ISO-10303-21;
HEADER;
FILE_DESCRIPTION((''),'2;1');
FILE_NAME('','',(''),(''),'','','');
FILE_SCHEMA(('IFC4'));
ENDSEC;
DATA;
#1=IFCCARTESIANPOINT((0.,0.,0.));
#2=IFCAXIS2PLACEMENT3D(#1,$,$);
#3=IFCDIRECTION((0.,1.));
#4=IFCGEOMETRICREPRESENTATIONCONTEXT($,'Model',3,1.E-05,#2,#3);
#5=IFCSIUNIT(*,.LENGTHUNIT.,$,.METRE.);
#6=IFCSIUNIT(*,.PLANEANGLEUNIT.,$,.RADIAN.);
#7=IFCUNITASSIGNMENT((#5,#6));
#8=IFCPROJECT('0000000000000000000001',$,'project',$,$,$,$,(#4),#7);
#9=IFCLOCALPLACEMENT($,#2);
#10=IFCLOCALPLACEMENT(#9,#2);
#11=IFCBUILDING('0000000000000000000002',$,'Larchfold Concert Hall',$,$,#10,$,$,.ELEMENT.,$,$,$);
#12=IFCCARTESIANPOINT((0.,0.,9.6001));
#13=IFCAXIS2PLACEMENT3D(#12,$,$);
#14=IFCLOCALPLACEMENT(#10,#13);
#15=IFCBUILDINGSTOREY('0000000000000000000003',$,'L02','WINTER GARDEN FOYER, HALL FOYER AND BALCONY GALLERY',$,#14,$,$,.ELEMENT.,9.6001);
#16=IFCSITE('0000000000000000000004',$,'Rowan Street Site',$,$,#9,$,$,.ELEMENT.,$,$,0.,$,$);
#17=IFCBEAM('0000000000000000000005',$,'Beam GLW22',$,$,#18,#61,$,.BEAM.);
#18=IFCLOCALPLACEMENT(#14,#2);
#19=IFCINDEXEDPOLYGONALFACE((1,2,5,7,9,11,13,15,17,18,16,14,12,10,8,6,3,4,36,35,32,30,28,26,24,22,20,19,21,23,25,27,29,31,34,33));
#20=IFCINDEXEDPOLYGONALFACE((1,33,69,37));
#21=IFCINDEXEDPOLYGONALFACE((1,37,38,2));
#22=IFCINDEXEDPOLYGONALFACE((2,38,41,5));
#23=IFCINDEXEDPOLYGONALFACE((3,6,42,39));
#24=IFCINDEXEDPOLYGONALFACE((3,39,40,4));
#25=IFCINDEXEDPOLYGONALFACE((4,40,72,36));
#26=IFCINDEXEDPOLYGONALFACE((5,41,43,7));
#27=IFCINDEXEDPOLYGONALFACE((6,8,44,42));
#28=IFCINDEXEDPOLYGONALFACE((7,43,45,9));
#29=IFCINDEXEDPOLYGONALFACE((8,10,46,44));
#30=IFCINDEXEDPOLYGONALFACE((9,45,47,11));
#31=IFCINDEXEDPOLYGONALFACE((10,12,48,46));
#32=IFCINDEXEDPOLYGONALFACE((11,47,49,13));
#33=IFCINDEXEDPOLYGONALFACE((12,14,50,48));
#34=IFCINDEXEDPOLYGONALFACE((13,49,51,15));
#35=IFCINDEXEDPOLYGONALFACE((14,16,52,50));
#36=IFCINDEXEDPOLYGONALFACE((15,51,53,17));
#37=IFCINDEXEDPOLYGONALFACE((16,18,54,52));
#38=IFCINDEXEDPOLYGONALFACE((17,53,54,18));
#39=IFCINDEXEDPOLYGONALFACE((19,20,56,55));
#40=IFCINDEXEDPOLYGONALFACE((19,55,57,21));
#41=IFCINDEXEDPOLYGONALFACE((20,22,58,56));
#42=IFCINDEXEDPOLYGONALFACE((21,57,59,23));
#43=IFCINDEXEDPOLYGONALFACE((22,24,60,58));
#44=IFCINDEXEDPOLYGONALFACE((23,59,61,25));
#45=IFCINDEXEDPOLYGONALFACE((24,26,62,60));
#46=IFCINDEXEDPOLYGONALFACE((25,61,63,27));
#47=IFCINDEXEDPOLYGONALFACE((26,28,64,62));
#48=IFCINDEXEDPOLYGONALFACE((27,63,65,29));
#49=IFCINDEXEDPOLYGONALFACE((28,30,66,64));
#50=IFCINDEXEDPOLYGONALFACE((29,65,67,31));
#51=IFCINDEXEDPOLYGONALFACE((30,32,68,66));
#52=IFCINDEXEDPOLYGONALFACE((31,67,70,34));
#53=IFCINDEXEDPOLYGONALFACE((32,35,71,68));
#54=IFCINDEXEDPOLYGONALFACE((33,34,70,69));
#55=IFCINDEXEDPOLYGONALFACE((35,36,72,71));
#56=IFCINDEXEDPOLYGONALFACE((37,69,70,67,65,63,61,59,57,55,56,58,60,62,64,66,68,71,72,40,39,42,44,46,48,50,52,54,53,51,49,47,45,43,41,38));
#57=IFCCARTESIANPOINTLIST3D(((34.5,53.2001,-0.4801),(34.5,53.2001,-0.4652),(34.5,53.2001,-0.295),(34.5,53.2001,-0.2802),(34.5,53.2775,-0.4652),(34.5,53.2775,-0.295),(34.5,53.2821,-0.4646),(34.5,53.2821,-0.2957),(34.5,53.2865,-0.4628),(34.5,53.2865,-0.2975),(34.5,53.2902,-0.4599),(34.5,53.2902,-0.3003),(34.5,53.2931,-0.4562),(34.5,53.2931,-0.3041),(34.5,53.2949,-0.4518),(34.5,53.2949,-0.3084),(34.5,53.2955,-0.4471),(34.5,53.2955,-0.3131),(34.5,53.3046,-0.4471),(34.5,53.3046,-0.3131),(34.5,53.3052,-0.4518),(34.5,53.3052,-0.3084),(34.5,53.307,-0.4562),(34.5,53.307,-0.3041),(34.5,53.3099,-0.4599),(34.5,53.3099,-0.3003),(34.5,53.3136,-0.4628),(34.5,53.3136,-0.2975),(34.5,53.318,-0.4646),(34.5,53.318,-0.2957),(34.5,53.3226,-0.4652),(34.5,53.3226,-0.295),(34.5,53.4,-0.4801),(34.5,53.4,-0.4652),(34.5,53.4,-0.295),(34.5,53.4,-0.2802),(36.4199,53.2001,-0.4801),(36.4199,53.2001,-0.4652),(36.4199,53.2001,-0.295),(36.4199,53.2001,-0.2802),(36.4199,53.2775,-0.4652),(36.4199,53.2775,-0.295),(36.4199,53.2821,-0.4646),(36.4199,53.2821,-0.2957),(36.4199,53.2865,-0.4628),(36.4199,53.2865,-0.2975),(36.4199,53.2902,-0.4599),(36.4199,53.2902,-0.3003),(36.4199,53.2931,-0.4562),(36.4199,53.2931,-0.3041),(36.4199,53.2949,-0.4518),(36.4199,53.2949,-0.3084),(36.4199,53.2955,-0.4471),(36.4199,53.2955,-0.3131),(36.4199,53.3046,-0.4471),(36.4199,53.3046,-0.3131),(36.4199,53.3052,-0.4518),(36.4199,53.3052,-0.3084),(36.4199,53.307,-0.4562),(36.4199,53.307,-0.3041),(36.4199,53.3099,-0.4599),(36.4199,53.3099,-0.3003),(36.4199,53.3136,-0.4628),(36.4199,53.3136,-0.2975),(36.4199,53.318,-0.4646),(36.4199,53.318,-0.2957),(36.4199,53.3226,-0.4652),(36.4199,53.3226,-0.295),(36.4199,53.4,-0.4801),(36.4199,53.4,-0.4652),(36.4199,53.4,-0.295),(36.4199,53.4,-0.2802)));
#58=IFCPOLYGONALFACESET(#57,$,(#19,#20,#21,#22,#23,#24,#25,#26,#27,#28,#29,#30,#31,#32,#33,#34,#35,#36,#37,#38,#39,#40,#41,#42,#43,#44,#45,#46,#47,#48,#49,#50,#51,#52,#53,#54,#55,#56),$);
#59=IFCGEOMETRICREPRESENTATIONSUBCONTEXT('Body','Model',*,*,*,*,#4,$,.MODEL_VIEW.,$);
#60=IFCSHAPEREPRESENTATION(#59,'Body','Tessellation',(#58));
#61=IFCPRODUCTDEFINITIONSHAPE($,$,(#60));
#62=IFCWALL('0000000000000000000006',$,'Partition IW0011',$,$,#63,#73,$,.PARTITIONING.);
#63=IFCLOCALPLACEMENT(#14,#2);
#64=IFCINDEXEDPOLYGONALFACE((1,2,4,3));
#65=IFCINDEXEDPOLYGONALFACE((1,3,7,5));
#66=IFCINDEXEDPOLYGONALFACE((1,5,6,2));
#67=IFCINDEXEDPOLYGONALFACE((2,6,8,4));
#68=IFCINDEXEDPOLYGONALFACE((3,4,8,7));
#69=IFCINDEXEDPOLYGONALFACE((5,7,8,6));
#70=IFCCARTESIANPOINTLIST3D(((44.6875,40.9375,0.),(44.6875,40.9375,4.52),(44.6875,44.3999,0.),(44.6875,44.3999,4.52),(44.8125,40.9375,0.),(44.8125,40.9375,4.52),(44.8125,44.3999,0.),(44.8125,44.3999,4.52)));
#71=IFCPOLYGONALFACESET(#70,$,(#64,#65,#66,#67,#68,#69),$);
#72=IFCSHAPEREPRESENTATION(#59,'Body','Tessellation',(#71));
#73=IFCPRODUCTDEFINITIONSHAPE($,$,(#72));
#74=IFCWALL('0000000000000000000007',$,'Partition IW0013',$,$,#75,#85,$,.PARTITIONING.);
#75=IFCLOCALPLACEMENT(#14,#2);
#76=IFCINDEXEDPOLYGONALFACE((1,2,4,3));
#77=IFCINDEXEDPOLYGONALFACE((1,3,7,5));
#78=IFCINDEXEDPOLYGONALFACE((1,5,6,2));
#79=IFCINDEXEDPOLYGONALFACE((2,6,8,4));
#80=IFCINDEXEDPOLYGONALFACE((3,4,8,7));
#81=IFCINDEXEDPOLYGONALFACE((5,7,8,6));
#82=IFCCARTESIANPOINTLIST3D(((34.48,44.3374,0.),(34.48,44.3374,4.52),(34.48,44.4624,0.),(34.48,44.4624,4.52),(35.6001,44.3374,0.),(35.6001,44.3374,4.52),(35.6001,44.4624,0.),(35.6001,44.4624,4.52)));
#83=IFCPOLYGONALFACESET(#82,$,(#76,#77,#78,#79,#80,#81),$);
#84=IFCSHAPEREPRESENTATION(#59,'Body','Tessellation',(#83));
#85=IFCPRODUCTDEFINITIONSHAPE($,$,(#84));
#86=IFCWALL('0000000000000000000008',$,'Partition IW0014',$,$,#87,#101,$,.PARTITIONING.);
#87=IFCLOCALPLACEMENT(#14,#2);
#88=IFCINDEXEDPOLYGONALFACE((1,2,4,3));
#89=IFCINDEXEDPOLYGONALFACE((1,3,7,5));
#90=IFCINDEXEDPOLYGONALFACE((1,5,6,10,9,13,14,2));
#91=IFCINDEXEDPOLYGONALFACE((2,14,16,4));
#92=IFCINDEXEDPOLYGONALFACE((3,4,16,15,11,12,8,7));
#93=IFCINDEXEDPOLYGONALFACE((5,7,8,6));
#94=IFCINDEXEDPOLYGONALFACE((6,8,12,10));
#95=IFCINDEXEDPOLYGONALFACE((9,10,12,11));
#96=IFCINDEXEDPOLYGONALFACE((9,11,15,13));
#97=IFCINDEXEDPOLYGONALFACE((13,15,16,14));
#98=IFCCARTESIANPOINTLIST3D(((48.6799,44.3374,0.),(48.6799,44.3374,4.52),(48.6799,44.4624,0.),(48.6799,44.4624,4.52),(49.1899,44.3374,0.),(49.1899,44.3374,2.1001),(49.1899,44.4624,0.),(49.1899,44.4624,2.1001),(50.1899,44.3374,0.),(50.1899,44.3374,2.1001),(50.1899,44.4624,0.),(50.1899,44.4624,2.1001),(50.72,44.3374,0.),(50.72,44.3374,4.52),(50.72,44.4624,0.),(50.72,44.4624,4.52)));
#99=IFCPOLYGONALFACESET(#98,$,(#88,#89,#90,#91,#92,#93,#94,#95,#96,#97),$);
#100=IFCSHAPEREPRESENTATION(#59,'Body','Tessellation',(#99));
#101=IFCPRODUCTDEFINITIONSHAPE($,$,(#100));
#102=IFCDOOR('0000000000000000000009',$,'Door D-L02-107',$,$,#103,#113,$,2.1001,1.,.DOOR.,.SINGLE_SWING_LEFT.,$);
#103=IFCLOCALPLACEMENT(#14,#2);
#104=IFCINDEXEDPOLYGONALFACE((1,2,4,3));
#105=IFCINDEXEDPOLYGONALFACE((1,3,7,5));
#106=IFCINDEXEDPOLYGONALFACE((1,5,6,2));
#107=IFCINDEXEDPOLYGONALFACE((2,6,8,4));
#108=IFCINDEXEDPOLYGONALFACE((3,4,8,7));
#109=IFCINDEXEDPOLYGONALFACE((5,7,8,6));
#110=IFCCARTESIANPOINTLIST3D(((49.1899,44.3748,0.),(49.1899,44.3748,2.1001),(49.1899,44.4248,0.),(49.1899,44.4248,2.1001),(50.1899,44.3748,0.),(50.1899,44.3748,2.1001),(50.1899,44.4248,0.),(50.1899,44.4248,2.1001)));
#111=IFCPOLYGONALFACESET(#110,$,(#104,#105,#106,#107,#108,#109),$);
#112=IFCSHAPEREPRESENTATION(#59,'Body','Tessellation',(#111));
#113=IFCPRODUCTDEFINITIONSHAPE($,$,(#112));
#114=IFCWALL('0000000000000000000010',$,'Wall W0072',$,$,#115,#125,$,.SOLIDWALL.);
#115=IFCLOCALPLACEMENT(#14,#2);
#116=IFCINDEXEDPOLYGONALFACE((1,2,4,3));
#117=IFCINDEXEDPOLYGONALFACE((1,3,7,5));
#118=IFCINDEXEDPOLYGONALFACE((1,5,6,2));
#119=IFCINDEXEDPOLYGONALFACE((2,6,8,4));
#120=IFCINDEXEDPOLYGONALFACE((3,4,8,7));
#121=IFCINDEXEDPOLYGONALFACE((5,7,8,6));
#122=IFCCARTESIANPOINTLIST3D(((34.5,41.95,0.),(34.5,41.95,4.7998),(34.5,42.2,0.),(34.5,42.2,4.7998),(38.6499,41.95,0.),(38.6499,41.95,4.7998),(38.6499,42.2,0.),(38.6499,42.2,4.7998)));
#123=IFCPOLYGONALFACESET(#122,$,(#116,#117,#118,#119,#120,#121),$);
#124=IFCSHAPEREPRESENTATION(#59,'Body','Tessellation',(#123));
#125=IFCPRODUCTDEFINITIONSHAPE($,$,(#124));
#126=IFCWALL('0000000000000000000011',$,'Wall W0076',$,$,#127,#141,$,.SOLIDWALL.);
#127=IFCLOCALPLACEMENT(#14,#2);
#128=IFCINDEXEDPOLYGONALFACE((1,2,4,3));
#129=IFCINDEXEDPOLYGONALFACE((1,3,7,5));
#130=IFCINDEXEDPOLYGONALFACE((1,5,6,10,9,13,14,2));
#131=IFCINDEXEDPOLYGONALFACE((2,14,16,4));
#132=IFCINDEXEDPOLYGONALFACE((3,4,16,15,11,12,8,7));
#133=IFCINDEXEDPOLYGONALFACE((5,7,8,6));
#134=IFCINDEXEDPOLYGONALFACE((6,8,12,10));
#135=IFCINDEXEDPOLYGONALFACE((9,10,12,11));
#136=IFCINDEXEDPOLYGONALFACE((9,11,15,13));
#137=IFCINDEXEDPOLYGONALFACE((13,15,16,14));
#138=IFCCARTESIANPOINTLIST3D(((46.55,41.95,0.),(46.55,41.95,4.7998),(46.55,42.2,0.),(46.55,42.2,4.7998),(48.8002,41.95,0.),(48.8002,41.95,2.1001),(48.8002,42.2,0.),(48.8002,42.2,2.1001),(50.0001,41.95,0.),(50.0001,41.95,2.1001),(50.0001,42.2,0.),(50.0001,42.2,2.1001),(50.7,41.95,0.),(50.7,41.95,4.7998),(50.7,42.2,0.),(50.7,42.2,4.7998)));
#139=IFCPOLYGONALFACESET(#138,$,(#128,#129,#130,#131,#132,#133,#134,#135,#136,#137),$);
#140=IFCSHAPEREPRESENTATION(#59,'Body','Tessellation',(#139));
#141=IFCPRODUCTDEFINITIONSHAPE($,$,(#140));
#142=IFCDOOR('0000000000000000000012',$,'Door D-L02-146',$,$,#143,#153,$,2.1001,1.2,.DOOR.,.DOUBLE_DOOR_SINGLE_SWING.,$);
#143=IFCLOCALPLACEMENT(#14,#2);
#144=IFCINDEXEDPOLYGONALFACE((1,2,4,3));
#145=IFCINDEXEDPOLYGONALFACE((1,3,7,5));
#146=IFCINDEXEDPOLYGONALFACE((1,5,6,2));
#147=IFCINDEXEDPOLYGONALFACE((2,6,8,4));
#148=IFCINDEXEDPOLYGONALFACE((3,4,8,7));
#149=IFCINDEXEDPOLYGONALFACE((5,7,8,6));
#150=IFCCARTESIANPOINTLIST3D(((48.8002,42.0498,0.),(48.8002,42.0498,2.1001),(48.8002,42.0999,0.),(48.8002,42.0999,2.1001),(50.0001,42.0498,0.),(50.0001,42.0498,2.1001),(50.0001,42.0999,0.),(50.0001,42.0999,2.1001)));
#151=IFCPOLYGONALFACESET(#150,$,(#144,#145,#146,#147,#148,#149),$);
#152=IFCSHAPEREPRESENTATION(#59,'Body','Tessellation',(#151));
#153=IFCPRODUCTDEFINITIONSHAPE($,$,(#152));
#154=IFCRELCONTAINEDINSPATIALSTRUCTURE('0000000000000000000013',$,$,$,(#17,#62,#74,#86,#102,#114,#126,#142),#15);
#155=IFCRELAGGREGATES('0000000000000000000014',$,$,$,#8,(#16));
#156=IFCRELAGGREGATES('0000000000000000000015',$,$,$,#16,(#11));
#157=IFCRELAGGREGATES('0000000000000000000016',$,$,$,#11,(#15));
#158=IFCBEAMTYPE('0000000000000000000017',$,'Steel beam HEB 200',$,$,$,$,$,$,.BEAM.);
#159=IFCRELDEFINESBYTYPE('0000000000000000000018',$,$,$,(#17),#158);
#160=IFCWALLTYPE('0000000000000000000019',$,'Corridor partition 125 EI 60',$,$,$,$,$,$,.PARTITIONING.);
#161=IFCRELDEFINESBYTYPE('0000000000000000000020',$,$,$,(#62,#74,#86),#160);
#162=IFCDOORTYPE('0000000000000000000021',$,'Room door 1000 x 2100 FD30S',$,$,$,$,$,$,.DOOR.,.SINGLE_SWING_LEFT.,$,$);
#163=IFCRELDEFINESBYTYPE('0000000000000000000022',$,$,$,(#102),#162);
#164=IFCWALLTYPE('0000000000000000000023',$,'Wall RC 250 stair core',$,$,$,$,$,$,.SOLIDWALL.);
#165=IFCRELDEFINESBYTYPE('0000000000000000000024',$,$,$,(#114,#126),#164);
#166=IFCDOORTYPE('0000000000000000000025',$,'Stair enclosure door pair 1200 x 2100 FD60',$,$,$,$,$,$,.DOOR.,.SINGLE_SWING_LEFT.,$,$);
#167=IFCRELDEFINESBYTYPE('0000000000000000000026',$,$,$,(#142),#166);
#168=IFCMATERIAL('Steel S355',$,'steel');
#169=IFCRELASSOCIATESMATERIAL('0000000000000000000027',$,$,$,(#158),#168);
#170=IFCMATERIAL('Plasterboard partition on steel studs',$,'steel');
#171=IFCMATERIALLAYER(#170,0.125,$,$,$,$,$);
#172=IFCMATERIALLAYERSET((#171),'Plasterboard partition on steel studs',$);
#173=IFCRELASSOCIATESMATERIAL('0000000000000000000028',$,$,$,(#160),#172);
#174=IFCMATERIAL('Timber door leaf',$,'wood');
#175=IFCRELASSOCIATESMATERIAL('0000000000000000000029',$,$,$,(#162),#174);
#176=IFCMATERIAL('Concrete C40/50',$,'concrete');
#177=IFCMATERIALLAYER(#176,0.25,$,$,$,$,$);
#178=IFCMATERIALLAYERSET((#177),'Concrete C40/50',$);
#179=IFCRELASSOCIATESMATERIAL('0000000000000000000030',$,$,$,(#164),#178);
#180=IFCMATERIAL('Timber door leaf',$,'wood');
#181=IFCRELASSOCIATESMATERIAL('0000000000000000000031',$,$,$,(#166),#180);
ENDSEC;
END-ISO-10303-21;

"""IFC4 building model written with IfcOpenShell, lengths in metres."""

from ifc_helpers import new_model, si_unit, direction, frame, frame_2d, origin, origin_2d, place, context, subcontext, project, spatial, rectangle, i_section, extrude, material, layer, layer_set, material_profile, profile_set, type_object, element, fill, save


model = new_model("IFC4")

# Units and contexts
model_context = context("Model", 3, precision=1e-05, world=origin(), true_north=direction((0.0, 1.0)))
body_context = subcontext(model_context, "Body", "Model", "MODEL_VIEW")
ifc_project = project(units=[si_unit("LENGTHUNIT", "METRE"), si_unit("PLANEANGLEUNIT", "RADIAN")], contexts=[model_context])

# Site, building, storey
site_placement = place(None, origin())
site = spatial("IfcSite", under=ifc_project, at=site_placement, Name="Rowan Street Site", CompositionType="ELEMENT", RefElevation=0.0)
building_placement = place(site_placement, origin())
building = spatial("IfcBuilding", under=site, at=building_placement, Name="Larchfold Concert Hall", CompositionType="ELEMENT")
storey_placement = place(building_placement, frame((0.0, 0.0, 9.6001)))
storey = spatial("IfcBuildingStorey", under=building, at=storey_placement, Name="L02", Description="WINTER GARDEN FOYER, HALL FOYER AND BALCONY GALLERY", CompositionType="ELEMENT", Elevation=9.6001)

# Beam
ifc_material_1 = material(Name="Steel S355", Category="steel")
ifc_material_profile_1 = material_profile(ifc_material_1, i_section(OverallWidth=0.2, OverallDepth=0.2, WebThickness=0.009, FlangeThickness=0.0149, FilletRadius=0.0181, at=origin_2d()))
ifc_profile_set_1 = profile_set([ifc_material_profile_1], Name="Steel S355")
beam_type_1 = type_object("IfcBeamType", Name="Steel beam HEB 200", PredefinedType="BEAM", material=ifc_profile_set_1)
beam_1_placement = place(storey_placement, frame((34.5, 53.3, -0.3801), z_axis=(1.0, 0.0, 0.0), x_axis=(0.0, 1.0, 0.0)))
element("IfcBeam", 1, at=beam_1_placement, inside=storey, type_object=beam_type_1, Name="Beam GLW22", PredefinedType="BEAM", context=body_context, shape_type="SweptSolid", body=[
    extrude(i_section(OverallWidth=0.2, OverallDepth=0.2, WebThickness=0.009, FlangeThickness=0.0149, FilletRadius=0.0181, at=origin_2d()), origin(), (0.0, 0.0, 1.0), 1.9199),
])

# Walls
ifc_material_2 = material(Name="Plasterboard partition on steel studs", Category="steel")
ifc_layer_1 = layer(ifc_material_2, 0.125)
ifc_layer_set_1 = layer_set([ifc_layer_1], Name="Plasterboard partition on steel studs")
wall_type_1 = type_object("IfcWallType", Name="Corridor partition 125 EI 60", PredefinedType="PARTITIONING", material=ifc_layer_set_1)
wall_1_placement = place(storey_placement, frame((44.75, 44.3999, 0.0), z_axis=(0.0, 0.0, 1.0), x_axis=(0.0, -1.0, 0.0)))
element("IfcWall", 2, at=wall_1_placement, inside=storey, type_object=wall_type_1, Name="Partition IW0011", PredefinedType="PARTITIONING", context=body_context, shape_type="SweptSolid", body=[
    extrude(rectangle(XDim=3.4624, YDim=0.125, at=frame_2d((1.7312, 0.0))), origin(), (0.0, 0.0, 1.0), 4.52),
])
wall_2_placement = place(storey_placement, frame((34.48, 44.3999, 0.0), z_axis=(0.0, 0.0, 1.0), x_axis=(1.0, 0.0, 0.0)))
element("IfcWall", 3, at=wall_2_placement, inside=storey, type_object=wall_type_1, Name="Partition IW0013", PredefinedType="PARTITIONING", context=body_context, shape_type="SweptSolid", body=[
    extrude(rectangle(XDim=1.1201, YDim=0.125, at=frame_2d((0.5601, 0.0))), origin(), (0.0, 0.0, 1.0), 4.52),
])

# Wall, opening, door
wall_3_placement = place(storey_placement, frame((48.6799, 44.3999, 0.0), z_axis=(0.0, 0.0, 1.0), x_axis=(1.0, 0.0, 0.0)))
wall_3 = element("IfcWall", 4, at=wall_3_placement, inside=storey, type_object=wall_type_1, Name="Partition IW0014", PredefinedType="PARTITIONING", context=body_context, shape_type="SweptSolid", body=[
    extrude(rectangle(XDim=2.04, YDim=0.125, at=frame_2d((1.02, 0.0))), origin(), (0.0, 0.0, 1.0), 4.52),
])
opening_1_placement = place(wall_3_placement, frame((0.51, 0.0, 0.0)))
opening_1 = element("IfcOpeningElement", 5, at=opening_1_placement, cuts=wall_3, PredefinedType="OPENING", context=body_context, shape_type="SweptSolid", body=[
    extrude(rectangle(XDim=1.0, YDim=2.1001, at=frame_2d((0.5, 1.05))), frame((0.0, 0.0725, 0.0), z_axis=(0.0, -1.0, 0.0), x_axis=(1.0, 0.0, 0.0)), (0.0, 0.0, 1.0), 0.145),
])
ifc_material_3 = material(Name="Timber door leaf", Category="wood")
door_type_1 = type_object("IfcDoorType", Name="Room door 1000 x 2100 FD30S", OperationType="SINGLE_SWING_LEFT", PredefinedType="DOOR", material=ifc_material_3)
door_1_placement = place(opening_1_placement, origin())
door_1 = element("IfcDoor", 6, at=door_1_placement, inside=storey, type_object=door_type_1, Name="Door D-L02-107", OperationType="SINGLE_SWING_LEFT", OverallHeight=2.1001, OverallWidth=1.0, PredefinedType="DOOR", context=body_context, shape_type="SweptSolid", body=[
    extrude(rectangle(XDim=1.0, YDim=2.1001, at=frame_2d((0.5, 1.05))), frame((0.0, 0.0249, 0.0), z_axis=(0.0, -1.0, 0.0), x_axis=(1.0, 0.0, 0.0)), (0.0, 0.0, 1.0), 0.05),
])
fill(opening_1, door_1)

# Wall
ifc_material_4 = material(Name="Concrete C40/50", Category="concrete")
ifc_layer_2 = layer(ifc_material_4, 0.25)
ifc_layer_set_2 = layer_set([ifc_layer_2], Name="Concrete C40/50")
wall_type_2 = type_object("IfcWallType", Name="Wall RC 250 stair core", PredefinedType="SOLIDWALL", material=ifc_layer_set_2)
wall_4_placement = place(storey_placement, frame((34.5, 42.075, 0.0), z_axis=(0.0, 0.0, 1.0), x_axis=(1.0, 0.0, 0.0)))
element("IfcWall", 7, at=wall_4_placement, inside=storey, type_object=wall_type_2, Name="Wall W0072", PredefinedType="SOLIDWALL", context=body_context, shape_type="SweptSolid", body=[
    extrude(rectangle(XDim=4.1499, YDim=0.25, at=frame_2d((2.075, 0.0))), origin(), (0.0, 0.0, 1.0), 4.7998),
])

# Wall, opening, door
wall_5_placement = place(storey_placement, frame((46.55, 42.075, 0.0), z_axis=(0.0, 0.0, 1.0), x_axis=(1.0, 0.0, 0.0)))
wall_5 = element("IfcWall", 8, at=wall_5_placement, inside=storey, type_object=wall_type_2, Name="Wall W0076", PredefinedType="SOLIDWALL", context=body_context, shape_type="SweptSolid", body=[
    extrude(rectangle(XDim=4.1499, YDim=0.25, at=frame_2d((2.075, 0.0))), origin(), (0.0, 0.0, 1.0), 4.7998),
])
opening_2_placement = place(wall_5_placement, frame((2.25, 0.0, 0.0)))
opening_2 = element("IfcOpeningElement", 9, at=opening_2_placement, cuts=wall_5, PredefinedType="OPENING", context=body_context, shape_type="SweptSolid", body=[
    extrude(rectangle(XDim=1.2, YDim=2.1001, at=frame_2d((0.6001, 1.05))), frame((0.0, 0.135, 0.0), z_axis=(0.0, -1.0, 0.0), x_axis=(1.0, 0.0, 0.0)), (0.0, 0.0, 1.0), 0.27),
])
ifc_material_5 = material(Name="Timber door leaf", Category="wood")
door_type_2 = type_object("IfcDoorType", Name="Stair enclosure door pair 1200 x 2100 FD60", OperationType="SINGLE_SWING_LEFT", PredefinedType="DOOR", material=ifc_material_5)
door_2_placement = place(opening_2_placement, origin())
door_2 = element("IfcDoor", 10, at=door_2_placement, inside=storey, type_object=door_type_2, Name="Door D-L02-146", OperationType="DOUBLE_DOOR_SINGLE_SWING", OverallHeight=2.1001, OverallWidth=1.2, PredefinedType="DOOR", context=body_context, shape_type="SweptSolid", body=[
    extrude(rectangle(XDim=1.2, YDim=2.1001, at=frame_2d((0.6001, 1.05))), frame((0.0, 0.0249, 0.0), z_axis=(0.0, -1.0, 0.0), x_axis=(1.0, 0.0, 0.0)), (0.0, 0.0, 1.0), 0.05),
])
fill(opening_2, door_2)

save(model, "model.ifc")
